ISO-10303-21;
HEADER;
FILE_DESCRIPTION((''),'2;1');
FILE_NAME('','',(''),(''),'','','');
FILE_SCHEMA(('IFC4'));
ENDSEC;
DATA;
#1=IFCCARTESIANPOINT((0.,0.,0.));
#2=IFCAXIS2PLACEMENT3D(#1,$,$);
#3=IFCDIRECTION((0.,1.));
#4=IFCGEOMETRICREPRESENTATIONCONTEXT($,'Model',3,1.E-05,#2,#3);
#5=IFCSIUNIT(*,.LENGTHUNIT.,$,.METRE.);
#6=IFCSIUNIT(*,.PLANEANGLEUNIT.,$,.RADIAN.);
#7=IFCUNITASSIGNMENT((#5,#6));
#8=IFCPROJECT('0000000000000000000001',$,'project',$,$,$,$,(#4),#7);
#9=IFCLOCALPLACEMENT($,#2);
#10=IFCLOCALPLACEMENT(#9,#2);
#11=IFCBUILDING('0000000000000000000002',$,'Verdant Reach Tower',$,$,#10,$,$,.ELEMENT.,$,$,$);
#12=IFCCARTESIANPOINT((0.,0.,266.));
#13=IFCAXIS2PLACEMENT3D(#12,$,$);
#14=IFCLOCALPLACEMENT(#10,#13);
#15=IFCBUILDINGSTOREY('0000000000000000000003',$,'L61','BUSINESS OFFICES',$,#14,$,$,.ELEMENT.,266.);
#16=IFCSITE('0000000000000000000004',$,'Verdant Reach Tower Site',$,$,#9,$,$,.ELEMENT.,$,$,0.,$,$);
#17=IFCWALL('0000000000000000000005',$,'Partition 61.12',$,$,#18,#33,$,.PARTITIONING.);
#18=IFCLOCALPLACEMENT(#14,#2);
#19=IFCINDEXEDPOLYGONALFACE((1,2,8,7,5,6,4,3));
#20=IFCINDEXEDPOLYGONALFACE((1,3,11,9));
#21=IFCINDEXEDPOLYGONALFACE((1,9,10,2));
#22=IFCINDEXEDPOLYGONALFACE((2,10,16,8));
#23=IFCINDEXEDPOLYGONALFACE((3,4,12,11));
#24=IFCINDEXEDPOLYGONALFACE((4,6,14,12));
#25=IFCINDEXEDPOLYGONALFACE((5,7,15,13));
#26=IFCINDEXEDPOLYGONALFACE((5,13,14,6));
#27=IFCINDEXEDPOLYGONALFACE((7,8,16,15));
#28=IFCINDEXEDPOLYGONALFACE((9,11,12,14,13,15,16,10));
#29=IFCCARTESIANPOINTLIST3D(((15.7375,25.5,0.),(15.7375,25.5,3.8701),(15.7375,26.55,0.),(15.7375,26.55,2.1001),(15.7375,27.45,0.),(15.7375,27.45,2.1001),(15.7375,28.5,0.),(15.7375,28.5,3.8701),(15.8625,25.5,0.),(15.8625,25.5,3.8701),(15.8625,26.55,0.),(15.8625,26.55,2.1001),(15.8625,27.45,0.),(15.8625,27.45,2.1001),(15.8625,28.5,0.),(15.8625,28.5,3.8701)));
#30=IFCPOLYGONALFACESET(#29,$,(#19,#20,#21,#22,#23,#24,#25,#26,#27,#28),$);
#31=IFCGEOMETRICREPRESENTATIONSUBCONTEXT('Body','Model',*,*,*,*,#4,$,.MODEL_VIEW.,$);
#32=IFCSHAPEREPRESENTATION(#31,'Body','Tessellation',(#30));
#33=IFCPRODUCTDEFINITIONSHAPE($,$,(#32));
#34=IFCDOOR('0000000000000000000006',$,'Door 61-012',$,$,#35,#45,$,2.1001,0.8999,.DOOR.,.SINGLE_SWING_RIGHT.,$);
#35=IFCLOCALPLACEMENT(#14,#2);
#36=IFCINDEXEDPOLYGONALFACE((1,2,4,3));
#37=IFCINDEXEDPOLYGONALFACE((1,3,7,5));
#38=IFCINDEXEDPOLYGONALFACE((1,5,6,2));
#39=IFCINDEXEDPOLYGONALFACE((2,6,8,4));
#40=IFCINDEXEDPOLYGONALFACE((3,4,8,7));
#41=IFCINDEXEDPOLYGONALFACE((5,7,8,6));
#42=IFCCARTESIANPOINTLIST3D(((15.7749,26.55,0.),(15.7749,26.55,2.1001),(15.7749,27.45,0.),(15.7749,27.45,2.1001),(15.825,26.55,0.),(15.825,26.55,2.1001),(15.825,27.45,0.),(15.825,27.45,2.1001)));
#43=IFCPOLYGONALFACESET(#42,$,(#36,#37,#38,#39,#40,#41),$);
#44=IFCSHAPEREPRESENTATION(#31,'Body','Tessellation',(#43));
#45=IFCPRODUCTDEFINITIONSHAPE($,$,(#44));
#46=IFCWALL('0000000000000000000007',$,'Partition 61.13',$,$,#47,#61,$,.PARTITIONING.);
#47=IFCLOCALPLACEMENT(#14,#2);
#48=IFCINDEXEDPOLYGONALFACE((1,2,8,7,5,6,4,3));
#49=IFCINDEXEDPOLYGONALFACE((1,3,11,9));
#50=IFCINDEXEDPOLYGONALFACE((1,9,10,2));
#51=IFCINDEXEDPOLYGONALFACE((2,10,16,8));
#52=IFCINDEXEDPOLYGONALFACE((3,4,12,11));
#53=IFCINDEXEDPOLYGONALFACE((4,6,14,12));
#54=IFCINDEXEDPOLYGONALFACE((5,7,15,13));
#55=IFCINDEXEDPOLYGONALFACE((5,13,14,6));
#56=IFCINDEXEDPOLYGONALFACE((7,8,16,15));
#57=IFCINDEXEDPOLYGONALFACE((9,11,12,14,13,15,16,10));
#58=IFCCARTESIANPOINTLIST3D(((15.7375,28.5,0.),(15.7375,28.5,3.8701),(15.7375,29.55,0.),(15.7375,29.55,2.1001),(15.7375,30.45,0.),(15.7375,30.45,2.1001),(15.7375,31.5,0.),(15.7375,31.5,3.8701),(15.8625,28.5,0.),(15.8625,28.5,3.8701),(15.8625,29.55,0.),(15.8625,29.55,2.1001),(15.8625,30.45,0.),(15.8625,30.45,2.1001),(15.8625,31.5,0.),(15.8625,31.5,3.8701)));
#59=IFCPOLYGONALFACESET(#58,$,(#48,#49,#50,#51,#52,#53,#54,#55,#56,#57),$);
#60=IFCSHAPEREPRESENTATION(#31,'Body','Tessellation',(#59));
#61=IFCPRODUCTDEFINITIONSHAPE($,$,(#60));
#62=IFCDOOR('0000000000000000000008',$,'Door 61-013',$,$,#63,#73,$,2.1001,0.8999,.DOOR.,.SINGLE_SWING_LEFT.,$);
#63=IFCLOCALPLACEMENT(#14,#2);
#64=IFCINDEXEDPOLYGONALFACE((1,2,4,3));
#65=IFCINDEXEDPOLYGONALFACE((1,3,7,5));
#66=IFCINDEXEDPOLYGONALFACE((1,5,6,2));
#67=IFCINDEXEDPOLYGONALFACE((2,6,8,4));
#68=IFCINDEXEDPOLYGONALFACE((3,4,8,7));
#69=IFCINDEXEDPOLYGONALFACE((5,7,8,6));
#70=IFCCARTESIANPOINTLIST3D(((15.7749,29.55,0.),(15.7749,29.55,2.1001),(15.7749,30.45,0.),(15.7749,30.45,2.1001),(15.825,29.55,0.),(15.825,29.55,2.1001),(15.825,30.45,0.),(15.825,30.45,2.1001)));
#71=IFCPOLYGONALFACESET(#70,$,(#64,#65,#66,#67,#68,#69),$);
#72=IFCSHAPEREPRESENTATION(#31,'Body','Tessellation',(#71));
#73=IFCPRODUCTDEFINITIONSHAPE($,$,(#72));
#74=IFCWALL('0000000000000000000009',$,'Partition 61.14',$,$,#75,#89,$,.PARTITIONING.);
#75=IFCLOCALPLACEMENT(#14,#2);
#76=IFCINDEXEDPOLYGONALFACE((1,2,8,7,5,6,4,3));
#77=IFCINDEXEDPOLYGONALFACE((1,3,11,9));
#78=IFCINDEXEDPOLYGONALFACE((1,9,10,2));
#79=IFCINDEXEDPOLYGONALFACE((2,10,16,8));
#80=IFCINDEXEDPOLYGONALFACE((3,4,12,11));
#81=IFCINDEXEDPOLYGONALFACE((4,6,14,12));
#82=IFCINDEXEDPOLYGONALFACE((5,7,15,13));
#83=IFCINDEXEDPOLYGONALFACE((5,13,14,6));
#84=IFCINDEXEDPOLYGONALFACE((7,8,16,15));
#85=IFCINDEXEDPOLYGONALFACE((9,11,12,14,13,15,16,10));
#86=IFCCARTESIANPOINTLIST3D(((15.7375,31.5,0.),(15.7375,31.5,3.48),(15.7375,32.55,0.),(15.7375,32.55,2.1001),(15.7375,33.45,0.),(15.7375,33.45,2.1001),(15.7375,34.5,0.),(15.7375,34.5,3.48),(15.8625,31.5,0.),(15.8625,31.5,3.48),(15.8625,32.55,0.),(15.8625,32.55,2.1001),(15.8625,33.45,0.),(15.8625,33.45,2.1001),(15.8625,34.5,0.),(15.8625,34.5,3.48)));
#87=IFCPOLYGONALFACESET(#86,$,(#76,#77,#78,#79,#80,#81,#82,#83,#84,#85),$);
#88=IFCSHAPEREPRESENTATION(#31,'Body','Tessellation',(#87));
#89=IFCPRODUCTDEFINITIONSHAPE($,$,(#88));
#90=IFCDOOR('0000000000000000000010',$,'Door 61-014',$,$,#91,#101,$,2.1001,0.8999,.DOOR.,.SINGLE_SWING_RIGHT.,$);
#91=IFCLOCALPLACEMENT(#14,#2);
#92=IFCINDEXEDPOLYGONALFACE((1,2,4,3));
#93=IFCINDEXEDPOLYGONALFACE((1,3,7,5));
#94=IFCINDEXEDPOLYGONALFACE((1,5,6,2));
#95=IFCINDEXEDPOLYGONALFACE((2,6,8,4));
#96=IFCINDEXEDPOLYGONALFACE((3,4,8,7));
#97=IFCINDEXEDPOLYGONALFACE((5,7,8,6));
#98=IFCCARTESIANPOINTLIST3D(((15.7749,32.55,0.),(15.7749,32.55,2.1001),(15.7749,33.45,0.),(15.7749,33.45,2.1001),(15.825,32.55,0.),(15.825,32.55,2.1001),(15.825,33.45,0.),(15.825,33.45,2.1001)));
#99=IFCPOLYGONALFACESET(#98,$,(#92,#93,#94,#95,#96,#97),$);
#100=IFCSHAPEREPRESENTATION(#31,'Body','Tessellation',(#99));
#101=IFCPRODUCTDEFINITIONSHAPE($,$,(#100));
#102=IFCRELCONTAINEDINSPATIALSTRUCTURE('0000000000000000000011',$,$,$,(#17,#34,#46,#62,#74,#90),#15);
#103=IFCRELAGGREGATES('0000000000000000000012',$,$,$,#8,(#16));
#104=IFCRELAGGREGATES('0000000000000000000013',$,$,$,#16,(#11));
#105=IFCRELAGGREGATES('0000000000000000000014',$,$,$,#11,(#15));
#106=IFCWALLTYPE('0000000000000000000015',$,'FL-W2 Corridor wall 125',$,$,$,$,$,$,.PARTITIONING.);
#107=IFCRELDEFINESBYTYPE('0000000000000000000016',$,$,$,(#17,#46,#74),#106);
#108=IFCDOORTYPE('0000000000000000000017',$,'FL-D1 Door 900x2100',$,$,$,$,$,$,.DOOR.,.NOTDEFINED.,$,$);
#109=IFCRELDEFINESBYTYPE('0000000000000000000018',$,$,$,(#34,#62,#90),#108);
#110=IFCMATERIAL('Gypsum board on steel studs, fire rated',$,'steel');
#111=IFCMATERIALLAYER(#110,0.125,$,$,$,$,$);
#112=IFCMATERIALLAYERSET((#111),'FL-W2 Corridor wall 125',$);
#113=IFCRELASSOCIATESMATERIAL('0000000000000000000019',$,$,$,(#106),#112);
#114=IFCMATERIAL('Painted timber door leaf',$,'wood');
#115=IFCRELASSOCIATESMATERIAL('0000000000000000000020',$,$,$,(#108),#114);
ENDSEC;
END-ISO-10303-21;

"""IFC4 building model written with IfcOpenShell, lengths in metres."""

from ifc_helpers import new_model, si_unit, direction, frame, frame_2d, origin, place, context, subcontext, project, spatial, rectangle, extrude, material, layer, layer_set, type_object, element, fill, save


model = new_model("IFC4")

# Units and contexts
model_context = context("Model", 3, precision=1e-05, world=origin(), true_north=direction((0.0, 1.0)))
body_context = subcontext(model_context, "Body", "Model", "MODEL_VIEW")
ifc_project = project(units=[si_unit("LENGTHUNIT", "METRE"), si_unit("PLANEANGLEUNIT", "RADIAN")], contexts=[model_context])

# Site, building, storey
site_placement = place(None, origin())
site = spatial("IfcSite", under=ifc_project, at=site_placement, Name="Verdant Reach Tower Site", CompositionType="ELEMENT", RefElevation=0.0)
building_placement = place(site_placement, origin())
building = spatial("IfcBuilding", under=site, at=building_placement, Name="Verdant Reach Tower", CompositionType="ELEMENT")
storey_placement = place(building_placement, frame((0.0, 0.0, 266.0)))
storey = spatial("IfcBuildingStorey", under=building, at=storey_placement, Name="L61", Description="BUSINESS OFFICES", CompositionType="ELEMENT", Elevation=266.0)

# Walls, openings, doors
ifc_material_1 = material(Name="Gypsum board on steel studs, fire rated", Category="steel")
ifc_layer_1 = layer(ifc_material_1, 0.125)
ifc_layer_set_1 = layer_set([ifc_layer_1], Name="FL-W2 Corridor wall 125")
wall_type_1 = type_object("IfcWallType", Name="FL-W2 Corridor wall 125", PredefinedType="PARTITIONING", material=ifc_layer_set_1)
wall_1_placement = place(storey_placement, frame((15.8, 28.5, 0.0), z_axis=(0.0, 0.0, 1.0), x_axis=(0.0, -1.0, 0.0)))
wall_1 = element("IfcWall", 1, at=wall_1_placement, inside=storey, type_object=wall_type_1, Name="Partition 61.12", PredefinedType="PARTITIONING", context=body_context, shape_type="SweptSolid", body=[
    extrude(rectangle(XDim=3.0, YDim=0.125, at=frame_2d((1.5, 0.0))), origin(), (0.0, 0.0, 1.0), 3.8701),
])
opening_1_placement = place(wall_1_placement, frame((1.05, 0.0, 0.0)))
opening_1 = element("IfcOpeningElement", 2, at=opening_1_placement, cuts=wall_1, PredefinedType="OPENING", context=body_context, shape_type="SweptSolid", body=[
    extrude(rectangle(XDim=0.8999, YDim=2.1001, at=frame_2d((0.45, 1.05))), frame((0.0, 0.0725, 0.0), z_axis=(0.0, -1.0, 0.0), x_axis=(1.0, 0.0, 0.0)), (0.0, 0.0, 1.0), 0.145),
])
ifc_material_2 = material(Name="Painted timber door leaf", Category="wood")
door_type_1 = type_object("IfcDoorType", Name="FL-D1 Door 900x2100", OperationType="NOTDEFINED", PredefinedType="DOOR", material=ifc_material_2)
door_1_placement = place(opening_1_placement, origin())
door_1 = element("IfcDoor", 3, at=door_1_placement, inside=storey, type_object=door_type_1, Name="Door 61-012", OperationType="SINGLE_SWING_RIGHT", OverallHeight=2.1001, OverallWidth=0.8999, PredefinedType="DOOR", context=body_context, shape_type="SweptSolid", body=[
    extrude(rectangle(XDim=0.8999, YDim=2.1001, at=frame_2d((0.45, 1.05))), frame((0.0, 0.0249, 0.0), z_axis=(0.0, -1.0, 0.0), x_axis=(1.0, 0.0, 0.0)), (0.0, 0.0, 1.0), 0.05),
])
fill(opening_1, door_1)
wall_2_placement = place(storey_placement, frame((15.8, 31.5, 0.0), z_axis=(0.0, 0.0, 1.0), x_axis=(0.0, -1.0, 0.0)))
wall_2 = element("IfcWall", 4, at=wall_2_placement, inside=storey, type_object=wall_type_1, Name="Partition 61.13", PredefinedType="PARTITIONING", context=body_context, shape_type="SweptSolid", body=[
    extrude(rectangle(XDim=3.0, YDim=0.125, at=frame_2d((1.5, 0.0))), origin(), (0.0, 0.0, 1.0), 3.8701),
])
opening_2_placement = place(wall_2_placement, frame((1.05, 0.0, 0.0)))
opening_2 = element("IfcOpeningElement", 5, at=opening_2_placement, cuts=wall_2, PredefinedType="OPENING", context=body_context, shape_type="SweptSolid", body=[
    extrude(rectangle(XDim=0.8999, YDim=2.1001, at=frame_2d((0.45, 1.05))), frame((0.0, 0.0725, 0.0), z_axis=(0.0, -1.0, 0.0), x_axis=(1.0, 0.0, 0.0)), (0.0, 0.0, 1.0), 0.145),
])
door_2_placement = place(opening_2_placement, origin())
door_2 = element("IfcDoor", 6, at=door_2_placement, inside=storey, type_object=door_type_1, Name="Door 61-013", OperationType="SINGLE_SWING_LEFT", OverallHeight=2.1001, OverallWidth=0.8999, PredefinedType="DOOR", context=body_context, shape_type="SweptSolid", body=[
    extrude(rectangle(XDim=0.8999, YDim=2.1001, at=frame_2d((0.45, 1.05))), frame((0.0, 0.0249, 0.0), z_axis=(0.0, -1.0, 0.0), x_axis=(1.0, 0.0, 0.0)), (0.0, 0.0, 1.0), 0.05),
])
fill(opening_2, door_2)
wall_3_placement = place(storey_placement, frame((15.8, 34.5, 0.0), z_axis=(0.0, 0.0, 1.0), x_axis=(0.0, -1.0, 0.0)))
wall_3 = element("IfcWall", 7, at=wall_3_placement, inside=storey, type_object=wall_type_1, Name="Partition 61.14", PredefinedType="PARTITIONING", context=body_context, shape_type="SweptSolid", body=[
    extrude(rectangle(XDim=3.0, YDim=0.125, at=frame_2d((1.5, 0.0))), origin(), (0.0, 0.0, 1.0), 3.48),
])
opening_3_placement = place(wall_3_placement, frame((1.05, 0.0, 0.0)))
opening_3 = element("IfcOpeningElement", 8, at=opening_3_placement, cuts=wall_3, PredefinedType="OPENING", context=body_context, shape_type="SweptSolid", body=[
    extrude(rectangle(XDim=0.8999, YDim=2.1001, at=frame_2d((0.45, 1.05))), frame((0.0, 0.0725, 0.0), z_axis=(0.0, -1.0, 0.0), x_axis=(1.0, 0.0, 0.0)), (0.0, 0.0, 1.0), 0.145),
])
door_3_placement = place(opening_3_placement, origin())
door_3 = element("IfcDoor", 9, at=door_3_placement, inside=storey, type_object=door_type_1, Name="Door 61-014", OperationType="SINGLE_SWING_RIGHT", OverallHeight=2.1001, OverallWidth=0.8999, PredefinedType="DOOR", context=body_context, shape_type="SweptSolid", body=[
    extrude(rectangle(XDim=0.8999, YDim=2.1001, at=frame_2d((0.45, 1.05))), frame((0.0, 0.0249, 0.0), z_axis=(0.0, -1.0, 0.0), x_axis=(1.0, 0.0, 0.0)), (0.0, 0.0, 1.0), 0.05),
])
fill(opening_3, door_3)

save(model, "model.ifc")
